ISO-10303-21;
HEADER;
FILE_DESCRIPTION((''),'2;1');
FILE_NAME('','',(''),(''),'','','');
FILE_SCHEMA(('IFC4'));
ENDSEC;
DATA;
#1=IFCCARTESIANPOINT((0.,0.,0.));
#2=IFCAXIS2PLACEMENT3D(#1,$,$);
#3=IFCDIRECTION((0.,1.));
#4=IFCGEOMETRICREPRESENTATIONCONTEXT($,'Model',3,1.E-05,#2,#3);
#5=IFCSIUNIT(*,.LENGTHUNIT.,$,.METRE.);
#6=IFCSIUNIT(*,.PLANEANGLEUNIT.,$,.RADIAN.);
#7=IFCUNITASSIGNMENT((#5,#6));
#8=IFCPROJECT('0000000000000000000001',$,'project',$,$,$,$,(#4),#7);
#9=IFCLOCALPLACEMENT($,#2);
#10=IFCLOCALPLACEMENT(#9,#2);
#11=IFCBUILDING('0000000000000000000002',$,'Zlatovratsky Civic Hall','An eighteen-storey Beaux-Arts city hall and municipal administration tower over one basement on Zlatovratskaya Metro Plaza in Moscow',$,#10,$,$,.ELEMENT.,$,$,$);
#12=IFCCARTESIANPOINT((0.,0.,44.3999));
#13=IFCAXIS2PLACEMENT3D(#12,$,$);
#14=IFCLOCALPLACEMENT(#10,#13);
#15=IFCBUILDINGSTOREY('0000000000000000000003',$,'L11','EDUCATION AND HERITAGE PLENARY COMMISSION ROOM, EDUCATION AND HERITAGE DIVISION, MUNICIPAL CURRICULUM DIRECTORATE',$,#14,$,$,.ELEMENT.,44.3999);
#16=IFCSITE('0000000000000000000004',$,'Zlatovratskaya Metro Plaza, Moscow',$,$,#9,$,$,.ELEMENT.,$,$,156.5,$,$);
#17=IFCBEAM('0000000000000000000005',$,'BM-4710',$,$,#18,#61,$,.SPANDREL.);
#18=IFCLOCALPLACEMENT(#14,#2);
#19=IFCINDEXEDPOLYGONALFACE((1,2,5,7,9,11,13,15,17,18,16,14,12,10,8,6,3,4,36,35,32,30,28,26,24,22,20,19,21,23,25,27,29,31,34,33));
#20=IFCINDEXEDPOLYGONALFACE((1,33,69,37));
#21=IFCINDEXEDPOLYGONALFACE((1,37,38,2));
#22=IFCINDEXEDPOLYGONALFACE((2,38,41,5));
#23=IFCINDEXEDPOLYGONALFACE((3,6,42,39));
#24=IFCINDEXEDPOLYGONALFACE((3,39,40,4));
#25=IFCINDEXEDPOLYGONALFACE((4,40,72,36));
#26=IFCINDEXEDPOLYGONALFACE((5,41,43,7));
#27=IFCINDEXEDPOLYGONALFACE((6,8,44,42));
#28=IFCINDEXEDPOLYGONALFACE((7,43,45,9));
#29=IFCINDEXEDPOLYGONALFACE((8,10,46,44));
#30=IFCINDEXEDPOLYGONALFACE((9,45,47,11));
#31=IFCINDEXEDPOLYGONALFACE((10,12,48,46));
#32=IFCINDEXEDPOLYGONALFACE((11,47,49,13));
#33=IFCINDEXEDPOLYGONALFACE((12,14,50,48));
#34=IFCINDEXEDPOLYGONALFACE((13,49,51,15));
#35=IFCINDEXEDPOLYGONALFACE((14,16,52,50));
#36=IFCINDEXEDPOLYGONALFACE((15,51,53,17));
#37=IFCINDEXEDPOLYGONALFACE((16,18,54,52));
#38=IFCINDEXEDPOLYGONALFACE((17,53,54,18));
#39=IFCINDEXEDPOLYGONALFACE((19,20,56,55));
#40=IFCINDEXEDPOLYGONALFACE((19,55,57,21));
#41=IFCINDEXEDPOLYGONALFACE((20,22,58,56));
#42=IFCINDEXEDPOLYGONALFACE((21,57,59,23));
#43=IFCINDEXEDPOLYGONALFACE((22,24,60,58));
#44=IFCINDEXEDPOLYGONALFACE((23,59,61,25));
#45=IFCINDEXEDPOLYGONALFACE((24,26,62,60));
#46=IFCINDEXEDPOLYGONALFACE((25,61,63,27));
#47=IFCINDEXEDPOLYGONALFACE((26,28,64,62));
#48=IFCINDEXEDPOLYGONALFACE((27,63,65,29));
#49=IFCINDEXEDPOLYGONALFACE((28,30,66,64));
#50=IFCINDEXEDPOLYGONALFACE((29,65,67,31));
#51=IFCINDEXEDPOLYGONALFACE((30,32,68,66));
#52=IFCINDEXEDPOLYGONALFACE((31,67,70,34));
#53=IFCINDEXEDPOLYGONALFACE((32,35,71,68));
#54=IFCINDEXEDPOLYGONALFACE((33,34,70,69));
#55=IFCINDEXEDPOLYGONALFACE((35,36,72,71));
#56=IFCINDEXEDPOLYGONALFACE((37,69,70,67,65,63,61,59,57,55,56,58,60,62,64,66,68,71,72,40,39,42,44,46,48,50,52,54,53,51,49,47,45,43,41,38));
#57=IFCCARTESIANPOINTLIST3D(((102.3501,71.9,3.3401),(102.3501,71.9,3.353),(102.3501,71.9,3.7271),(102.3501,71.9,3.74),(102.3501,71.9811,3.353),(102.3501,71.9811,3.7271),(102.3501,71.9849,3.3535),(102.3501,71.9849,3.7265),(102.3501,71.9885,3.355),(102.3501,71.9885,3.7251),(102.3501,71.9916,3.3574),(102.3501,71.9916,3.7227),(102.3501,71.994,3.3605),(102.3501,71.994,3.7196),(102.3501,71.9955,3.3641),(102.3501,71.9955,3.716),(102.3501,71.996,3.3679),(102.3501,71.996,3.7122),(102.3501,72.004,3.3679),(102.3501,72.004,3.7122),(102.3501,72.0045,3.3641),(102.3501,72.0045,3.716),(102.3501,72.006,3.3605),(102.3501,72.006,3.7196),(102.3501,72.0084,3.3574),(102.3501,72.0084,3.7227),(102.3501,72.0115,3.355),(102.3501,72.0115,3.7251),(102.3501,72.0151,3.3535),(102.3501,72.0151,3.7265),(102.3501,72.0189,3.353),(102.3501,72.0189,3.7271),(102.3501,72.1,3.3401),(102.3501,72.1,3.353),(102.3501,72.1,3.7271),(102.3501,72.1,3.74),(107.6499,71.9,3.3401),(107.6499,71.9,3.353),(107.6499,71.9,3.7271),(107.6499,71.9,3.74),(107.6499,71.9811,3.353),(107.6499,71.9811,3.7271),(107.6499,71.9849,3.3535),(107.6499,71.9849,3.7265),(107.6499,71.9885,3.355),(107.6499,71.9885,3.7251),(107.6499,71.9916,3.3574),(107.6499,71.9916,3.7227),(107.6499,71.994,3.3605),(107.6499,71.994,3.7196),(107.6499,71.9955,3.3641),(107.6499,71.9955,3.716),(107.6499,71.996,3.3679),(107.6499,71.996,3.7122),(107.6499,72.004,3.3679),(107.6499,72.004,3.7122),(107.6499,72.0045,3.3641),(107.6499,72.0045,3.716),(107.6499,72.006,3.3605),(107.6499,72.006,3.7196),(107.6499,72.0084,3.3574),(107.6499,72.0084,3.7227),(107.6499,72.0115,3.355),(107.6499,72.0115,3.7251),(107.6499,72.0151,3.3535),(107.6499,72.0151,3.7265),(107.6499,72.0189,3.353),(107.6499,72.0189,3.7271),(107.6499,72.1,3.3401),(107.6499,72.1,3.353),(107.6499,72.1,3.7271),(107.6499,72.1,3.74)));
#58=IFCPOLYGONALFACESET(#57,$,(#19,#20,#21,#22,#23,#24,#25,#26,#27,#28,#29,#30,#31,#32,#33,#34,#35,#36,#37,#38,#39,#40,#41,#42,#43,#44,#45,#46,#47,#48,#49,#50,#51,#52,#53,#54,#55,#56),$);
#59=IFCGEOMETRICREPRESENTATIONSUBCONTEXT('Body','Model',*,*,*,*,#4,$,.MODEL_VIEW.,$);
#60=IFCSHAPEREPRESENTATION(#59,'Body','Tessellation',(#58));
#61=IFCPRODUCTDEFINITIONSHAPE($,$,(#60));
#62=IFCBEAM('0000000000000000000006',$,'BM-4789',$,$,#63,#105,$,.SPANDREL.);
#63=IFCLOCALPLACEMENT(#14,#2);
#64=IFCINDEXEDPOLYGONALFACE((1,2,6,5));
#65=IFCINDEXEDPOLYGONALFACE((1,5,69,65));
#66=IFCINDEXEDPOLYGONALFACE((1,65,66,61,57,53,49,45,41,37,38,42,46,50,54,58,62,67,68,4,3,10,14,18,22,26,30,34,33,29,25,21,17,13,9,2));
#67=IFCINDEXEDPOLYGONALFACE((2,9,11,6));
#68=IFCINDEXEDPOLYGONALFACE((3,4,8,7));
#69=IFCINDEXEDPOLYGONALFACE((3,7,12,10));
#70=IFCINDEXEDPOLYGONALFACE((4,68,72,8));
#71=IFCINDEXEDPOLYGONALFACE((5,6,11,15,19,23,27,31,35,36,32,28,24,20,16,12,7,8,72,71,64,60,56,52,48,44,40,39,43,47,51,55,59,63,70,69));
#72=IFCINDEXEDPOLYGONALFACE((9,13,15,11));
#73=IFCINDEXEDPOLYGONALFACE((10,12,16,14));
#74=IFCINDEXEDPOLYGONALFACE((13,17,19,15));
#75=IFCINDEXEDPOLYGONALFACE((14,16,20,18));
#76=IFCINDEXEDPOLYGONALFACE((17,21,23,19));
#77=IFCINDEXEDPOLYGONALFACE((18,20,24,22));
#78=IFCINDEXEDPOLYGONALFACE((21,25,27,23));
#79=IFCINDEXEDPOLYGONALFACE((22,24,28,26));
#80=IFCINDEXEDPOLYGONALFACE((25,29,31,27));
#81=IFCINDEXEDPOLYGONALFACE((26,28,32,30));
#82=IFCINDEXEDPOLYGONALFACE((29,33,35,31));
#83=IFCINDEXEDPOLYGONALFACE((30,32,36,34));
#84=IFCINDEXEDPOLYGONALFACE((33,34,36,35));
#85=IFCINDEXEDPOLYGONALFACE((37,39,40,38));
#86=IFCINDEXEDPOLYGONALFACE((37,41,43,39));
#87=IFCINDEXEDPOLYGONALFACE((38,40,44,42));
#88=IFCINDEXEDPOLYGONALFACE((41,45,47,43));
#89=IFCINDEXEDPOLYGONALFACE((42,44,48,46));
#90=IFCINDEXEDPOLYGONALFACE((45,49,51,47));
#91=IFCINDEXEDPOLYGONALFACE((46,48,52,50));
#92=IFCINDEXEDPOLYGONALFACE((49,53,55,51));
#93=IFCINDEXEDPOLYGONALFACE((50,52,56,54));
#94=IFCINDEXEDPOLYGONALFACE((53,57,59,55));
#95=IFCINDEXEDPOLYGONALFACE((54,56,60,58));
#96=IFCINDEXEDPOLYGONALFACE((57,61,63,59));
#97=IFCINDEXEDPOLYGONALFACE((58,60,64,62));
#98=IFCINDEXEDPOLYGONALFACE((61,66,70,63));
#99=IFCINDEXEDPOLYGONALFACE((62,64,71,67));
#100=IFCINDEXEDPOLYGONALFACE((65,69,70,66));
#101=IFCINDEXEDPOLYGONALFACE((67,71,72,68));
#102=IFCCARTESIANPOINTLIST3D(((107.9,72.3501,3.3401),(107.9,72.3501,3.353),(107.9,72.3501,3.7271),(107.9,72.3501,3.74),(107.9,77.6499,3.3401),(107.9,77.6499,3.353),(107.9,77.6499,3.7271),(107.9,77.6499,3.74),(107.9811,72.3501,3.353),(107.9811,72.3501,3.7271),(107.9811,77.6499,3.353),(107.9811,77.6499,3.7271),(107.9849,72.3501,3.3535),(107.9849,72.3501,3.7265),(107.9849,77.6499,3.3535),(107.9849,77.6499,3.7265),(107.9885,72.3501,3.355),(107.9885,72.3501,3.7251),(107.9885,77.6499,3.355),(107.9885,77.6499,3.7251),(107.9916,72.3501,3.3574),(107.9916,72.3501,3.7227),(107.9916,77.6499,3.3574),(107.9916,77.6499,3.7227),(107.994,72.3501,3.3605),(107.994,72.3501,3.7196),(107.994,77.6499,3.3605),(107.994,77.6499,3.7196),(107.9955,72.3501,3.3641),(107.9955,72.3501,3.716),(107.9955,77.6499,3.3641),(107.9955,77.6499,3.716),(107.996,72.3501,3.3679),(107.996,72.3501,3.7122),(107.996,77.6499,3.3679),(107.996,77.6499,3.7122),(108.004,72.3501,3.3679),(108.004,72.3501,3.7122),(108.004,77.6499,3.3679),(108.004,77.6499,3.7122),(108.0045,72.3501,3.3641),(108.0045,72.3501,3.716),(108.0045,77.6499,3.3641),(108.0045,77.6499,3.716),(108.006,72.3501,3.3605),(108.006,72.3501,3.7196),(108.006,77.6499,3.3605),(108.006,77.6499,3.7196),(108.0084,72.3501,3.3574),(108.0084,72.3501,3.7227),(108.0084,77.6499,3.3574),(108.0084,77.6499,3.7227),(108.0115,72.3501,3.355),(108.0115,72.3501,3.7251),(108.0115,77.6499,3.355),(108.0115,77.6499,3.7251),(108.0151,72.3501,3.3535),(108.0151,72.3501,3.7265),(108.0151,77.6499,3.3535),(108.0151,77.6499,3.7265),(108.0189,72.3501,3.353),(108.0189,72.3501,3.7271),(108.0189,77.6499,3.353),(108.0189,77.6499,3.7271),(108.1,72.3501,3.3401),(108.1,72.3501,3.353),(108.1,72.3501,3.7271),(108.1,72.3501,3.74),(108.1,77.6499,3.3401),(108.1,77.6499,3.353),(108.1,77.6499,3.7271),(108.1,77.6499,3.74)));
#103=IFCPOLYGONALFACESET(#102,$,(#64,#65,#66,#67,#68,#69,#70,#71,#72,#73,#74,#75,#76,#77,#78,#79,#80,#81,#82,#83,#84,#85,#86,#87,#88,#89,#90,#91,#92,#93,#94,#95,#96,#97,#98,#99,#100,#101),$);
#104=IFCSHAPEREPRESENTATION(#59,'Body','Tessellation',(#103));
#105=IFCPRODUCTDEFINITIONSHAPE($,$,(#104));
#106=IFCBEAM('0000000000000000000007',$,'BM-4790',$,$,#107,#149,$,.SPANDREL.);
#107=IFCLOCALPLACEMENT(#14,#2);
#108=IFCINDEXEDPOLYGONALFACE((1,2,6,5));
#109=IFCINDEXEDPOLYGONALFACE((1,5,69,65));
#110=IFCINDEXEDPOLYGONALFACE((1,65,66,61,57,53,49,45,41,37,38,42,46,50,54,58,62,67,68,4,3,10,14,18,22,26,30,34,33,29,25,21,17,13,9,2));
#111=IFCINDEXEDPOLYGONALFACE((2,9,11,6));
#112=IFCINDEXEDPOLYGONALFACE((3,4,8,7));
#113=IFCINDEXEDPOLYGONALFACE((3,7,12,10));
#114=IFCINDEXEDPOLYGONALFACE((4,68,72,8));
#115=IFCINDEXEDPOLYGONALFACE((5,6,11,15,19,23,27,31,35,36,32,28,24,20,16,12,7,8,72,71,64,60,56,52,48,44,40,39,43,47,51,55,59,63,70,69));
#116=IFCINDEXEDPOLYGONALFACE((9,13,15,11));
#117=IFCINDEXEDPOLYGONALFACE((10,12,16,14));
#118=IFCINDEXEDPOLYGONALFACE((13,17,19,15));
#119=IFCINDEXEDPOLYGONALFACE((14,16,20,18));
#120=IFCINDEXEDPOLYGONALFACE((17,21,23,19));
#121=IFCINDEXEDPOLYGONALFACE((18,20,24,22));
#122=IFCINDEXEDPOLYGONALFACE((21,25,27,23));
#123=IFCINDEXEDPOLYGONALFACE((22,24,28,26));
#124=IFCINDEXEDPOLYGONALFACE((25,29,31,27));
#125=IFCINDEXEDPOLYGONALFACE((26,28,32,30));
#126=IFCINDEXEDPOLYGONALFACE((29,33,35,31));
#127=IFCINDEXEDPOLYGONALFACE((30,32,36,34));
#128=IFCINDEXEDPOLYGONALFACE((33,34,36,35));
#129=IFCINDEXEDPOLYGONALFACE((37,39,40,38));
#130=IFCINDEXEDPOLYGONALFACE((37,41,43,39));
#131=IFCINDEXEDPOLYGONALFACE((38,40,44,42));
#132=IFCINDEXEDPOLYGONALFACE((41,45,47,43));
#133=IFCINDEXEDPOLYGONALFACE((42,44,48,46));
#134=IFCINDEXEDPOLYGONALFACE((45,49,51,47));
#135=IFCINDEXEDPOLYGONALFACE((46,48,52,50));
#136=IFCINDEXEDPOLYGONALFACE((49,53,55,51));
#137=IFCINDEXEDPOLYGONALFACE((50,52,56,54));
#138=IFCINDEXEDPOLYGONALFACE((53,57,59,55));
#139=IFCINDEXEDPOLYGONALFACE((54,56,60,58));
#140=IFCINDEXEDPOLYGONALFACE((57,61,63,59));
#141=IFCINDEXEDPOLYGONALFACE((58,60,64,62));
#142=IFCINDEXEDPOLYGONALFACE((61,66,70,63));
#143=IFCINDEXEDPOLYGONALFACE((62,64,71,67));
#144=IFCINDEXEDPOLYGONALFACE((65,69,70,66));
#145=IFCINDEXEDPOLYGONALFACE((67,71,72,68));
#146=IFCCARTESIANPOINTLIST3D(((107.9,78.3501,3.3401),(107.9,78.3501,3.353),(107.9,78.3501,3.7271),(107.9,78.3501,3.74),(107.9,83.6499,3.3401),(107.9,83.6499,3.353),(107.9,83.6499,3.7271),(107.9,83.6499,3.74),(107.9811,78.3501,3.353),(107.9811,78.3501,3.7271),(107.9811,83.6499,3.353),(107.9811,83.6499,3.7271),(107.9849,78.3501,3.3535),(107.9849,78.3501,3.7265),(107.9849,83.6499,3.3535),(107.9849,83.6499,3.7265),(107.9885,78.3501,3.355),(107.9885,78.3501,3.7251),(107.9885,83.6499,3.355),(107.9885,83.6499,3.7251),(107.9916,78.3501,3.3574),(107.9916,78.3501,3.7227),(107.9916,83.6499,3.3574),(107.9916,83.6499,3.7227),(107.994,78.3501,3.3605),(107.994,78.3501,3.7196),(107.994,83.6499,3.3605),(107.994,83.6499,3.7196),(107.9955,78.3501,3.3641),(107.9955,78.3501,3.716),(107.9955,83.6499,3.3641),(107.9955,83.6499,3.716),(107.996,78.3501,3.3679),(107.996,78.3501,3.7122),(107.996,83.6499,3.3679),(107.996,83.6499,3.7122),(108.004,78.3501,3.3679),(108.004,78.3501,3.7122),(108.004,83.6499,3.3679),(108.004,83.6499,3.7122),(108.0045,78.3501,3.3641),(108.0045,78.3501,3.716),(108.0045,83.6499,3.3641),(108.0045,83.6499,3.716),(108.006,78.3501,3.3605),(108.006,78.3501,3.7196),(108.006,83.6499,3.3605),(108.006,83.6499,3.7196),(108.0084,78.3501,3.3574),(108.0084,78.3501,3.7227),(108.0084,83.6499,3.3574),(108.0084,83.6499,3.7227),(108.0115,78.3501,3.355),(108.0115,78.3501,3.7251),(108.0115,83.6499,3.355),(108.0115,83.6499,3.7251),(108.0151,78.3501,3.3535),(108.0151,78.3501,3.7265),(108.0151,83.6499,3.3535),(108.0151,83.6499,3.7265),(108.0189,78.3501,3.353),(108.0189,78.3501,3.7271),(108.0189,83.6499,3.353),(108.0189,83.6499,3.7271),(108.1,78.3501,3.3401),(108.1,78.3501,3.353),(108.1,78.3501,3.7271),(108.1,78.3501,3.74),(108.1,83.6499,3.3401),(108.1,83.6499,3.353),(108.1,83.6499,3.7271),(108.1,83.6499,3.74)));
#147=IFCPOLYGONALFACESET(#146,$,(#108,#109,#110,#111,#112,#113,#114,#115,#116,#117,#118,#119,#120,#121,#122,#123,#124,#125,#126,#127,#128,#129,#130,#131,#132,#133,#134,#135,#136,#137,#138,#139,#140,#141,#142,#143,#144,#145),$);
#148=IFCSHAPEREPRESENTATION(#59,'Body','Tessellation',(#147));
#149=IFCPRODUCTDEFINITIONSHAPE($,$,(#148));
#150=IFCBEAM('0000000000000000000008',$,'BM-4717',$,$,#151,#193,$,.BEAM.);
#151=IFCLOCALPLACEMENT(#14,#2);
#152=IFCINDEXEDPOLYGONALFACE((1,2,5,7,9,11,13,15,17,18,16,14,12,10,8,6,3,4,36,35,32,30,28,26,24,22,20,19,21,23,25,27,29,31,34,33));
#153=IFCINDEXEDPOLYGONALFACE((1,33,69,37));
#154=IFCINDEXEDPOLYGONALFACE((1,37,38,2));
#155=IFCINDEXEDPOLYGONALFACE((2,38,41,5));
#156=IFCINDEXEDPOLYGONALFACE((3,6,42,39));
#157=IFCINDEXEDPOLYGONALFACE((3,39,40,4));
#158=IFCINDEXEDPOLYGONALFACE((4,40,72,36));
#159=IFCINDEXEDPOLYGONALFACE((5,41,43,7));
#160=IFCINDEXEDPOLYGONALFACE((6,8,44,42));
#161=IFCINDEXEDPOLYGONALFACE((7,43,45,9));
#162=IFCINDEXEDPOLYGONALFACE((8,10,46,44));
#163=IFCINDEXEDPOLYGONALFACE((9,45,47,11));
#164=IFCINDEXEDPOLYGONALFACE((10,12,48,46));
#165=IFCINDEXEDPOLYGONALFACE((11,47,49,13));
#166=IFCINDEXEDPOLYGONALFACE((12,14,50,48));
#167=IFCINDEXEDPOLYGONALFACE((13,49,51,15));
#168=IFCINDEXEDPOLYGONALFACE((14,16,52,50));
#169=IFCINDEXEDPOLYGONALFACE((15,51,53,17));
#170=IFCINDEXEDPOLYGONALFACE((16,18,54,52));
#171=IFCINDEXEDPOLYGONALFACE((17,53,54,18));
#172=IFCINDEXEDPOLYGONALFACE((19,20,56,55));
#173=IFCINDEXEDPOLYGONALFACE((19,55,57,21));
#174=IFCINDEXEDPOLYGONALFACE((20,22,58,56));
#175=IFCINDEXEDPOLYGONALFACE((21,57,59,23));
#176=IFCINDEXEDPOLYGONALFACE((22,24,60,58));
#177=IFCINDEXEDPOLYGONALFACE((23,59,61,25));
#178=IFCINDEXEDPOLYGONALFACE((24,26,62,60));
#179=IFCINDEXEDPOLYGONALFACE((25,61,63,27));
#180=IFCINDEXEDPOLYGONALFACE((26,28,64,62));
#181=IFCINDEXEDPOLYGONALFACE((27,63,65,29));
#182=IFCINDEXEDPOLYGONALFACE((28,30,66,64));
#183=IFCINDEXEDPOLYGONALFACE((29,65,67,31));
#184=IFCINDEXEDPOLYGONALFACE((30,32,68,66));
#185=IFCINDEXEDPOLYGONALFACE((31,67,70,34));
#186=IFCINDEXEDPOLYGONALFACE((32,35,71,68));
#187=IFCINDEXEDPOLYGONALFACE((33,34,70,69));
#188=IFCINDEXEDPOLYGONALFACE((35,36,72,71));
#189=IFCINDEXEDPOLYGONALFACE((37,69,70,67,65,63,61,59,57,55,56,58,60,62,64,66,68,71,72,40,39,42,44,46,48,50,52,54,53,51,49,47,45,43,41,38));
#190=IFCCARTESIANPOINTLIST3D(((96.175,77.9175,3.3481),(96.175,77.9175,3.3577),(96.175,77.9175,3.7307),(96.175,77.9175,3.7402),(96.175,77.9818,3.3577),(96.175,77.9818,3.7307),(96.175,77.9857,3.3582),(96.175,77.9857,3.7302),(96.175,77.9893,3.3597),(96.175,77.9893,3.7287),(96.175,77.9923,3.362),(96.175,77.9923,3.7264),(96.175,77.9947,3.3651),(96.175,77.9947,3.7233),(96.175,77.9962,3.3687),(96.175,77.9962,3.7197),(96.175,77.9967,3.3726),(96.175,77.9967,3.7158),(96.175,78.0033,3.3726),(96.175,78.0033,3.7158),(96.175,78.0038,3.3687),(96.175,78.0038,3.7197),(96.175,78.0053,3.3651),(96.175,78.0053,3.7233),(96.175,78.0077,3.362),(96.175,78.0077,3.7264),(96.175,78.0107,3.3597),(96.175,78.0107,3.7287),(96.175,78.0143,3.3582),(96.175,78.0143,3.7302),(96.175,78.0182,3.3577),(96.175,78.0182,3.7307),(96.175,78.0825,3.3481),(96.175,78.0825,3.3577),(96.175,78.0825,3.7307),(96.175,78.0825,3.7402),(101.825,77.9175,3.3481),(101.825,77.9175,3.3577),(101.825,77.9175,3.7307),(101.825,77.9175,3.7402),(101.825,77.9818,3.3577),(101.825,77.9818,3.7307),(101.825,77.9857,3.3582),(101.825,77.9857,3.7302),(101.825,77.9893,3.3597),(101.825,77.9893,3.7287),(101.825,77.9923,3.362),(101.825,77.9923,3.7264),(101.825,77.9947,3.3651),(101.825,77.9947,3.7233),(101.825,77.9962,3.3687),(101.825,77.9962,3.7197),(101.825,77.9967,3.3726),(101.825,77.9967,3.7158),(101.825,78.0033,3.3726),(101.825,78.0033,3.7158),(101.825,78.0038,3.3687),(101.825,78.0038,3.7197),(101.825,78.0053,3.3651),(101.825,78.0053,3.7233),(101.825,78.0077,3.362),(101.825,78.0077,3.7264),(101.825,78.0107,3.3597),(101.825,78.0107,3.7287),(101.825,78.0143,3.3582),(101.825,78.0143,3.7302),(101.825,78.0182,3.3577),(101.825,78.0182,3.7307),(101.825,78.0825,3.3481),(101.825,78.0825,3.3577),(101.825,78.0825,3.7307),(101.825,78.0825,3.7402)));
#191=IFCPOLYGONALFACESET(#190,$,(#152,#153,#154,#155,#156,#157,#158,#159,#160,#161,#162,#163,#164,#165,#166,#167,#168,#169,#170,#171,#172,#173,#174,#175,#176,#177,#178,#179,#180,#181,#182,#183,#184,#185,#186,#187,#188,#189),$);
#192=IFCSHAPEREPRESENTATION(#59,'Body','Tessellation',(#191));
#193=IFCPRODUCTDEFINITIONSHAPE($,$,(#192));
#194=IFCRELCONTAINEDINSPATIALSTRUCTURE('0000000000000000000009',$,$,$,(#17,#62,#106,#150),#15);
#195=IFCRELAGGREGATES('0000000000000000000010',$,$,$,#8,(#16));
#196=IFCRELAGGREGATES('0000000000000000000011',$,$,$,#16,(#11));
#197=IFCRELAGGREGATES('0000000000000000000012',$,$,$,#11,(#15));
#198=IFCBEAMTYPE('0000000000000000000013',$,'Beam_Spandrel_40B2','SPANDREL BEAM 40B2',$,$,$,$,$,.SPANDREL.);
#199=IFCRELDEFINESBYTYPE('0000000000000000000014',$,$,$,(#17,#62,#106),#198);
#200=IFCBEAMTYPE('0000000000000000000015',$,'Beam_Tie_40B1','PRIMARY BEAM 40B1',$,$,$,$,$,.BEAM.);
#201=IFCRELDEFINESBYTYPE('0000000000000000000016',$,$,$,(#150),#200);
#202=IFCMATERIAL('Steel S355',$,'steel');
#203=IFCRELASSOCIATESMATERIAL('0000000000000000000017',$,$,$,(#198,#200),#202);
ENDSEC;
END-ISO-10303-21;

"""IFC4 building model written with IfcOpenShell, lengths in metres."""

from ifc_helpers import new_model, si_unit, direction, frame, origin, origin_2d, place, context, subcontext, project, spatial, i_section, extrude, material, material_profile, profile_set, type_object, element, save


model = new_model("IFC4")

# Units and contexts
model_context = context("Model", 3, precision=1e-05, world=origin(), true_north=direction((0.0, 1.0)))
body_context = subcontext(model_context, "Body", "Model", "MODEL_VIEW")
ifc_project = project(units=[si_unit("LENGTHUNIT", "METRE"), si_unit("PLANEANGLEUNIT", "RADIAN")], contexts=[model_context])

# Site, building, storey
site_placement = place(None, origin())
site = spatial("IfcSite", under=ifc_project, at=site_placement, Name="Zlatovratskaya Metro Plaza, Moscow", CompositionType="ELEMENT", RefElevation=156.5)
building_placement = place(site_placement, origin())
building = spatial("IfcBuilding", under=site, at=building_placement, Name="Zlatovratsky Civic Hall", Description="An eighteen-storey Beaux-Arts city hall and municipal administration tower over one basement on Zlatovratskaya Metro Plaza in Moscow", CompositionType="ELEMENT")
storey_placement = place(building_placement, frame((0.0, 0.0, 44.3999)))
storey = spatial("IfcBuildingStorey", under=building, at=storey_placement, Name="L11", Description="EDUCATION AND HERITAGE PLENARY COMMISSION ROOM, EDUCATION AND HERITAGE DIVISION, MUNICIPAL CURRICULUM DIRECTORATE", CompositionType="ELEMENT", Elevation=44.3999)

# Shared definitions
ifc_material_1 = material(Name="Steel S355", Category="steel")

# Beams
ifc_material_profile_1 = material_profile(ifc_material_1, i_section(OverallWidth=0.2, OverallDepth=0.3999, WebThickness=0.0081, FlangeThickness=0.0129, FilletRadius=0.0149, at=origin_2d()), Name="40B2")
ifc_profile_set_1 = profile_set([ifc_material_profile_1], Name="Steel S355")
beam_type_1 = type_object("IfcBeamType", Name="Beam_Spandrel_40B2", Description="SPANDREL BEAM 40B2", PredefinedType="SPANDREL", material=ifc_profile_set_1)
for number, where, z_axis, x_axis, name in (
    (1, (102.3501, 72.0, 3.54), (1.0, 0.0, 0.0), (0.0, 1.0, 0.0), "BM-4710"),
    (2, (108.0, 72.3501, 3.54), (0.0, 1.0, 0.0), (-1.0, 0.0, 0.0), "BM-4789"),
    (3, (108.0, 78.3501, 3.54), (0.0, 1.0, 0.0), (-1.0, 0.0, 0.0), "BM-4790"),
):
    element("IfcBeam", number, at=place(storey_placement, frame(where, z_axis=z_axis, x_axis=x_axis)), inside=storey, type_object=beam_type_1, Name=name, PredefinedType="SPANDREL", context=body_context, shape_type="SweptSolid", body=[
        extrude(i_section(OverallWidth=0.2, OverallDepth=0.3999, WebThickness=0.0081, FlangeThickness=0.0129, FilletRadius=0.0149, at=origin_2d()), origin(), (0.0, 0.0, 1.0), 5.2998),
    ])
ifc_material_profile_2 = material_profile(ifc_material_1, i_section(OverallWidth=0.165, OverallDepth=0.3921, WebThickness=0.0066, FlangeThickness=0.0095, FilletRadius=0.0149, at=origin_2d()), Name="40B1")
ifc_profile_set_2 = profile_set([ifc_material_profile_2], Name="Steel S355")
beam_type_2 = type_object("IfcBeamType", Name="Beam_Tie_40B1", Description="PRIMARY BEAM 40B1", PredefinedType="BEAM", material=ifc_profile_set_2)
beam_1_placement = place(storey_placement, frame((96.175, 78.0, 3.5442), z_axis=(1.0, 0.0, 0.0), x_axis=(0.0, 1.0, 0.0)))
element("IfcBeam", 4, at=beam_1_placement, inside=storey, type_object=beam_type_2, Name="BM-4717", PredefinedType="BEAM", context=body_context, shape_type="SweptSolid", body=[
    extrude(i_section(OverallWidth=0.165, OverallDepth=0.3921, WebThickness=0.0066, FlangeThickness=0.0095, FilletRadius=0.0149, at=origin_2d()), origin(), (0.0, 0.0, 1.0), 5.6499),
])

save(model, "model.ifc")
